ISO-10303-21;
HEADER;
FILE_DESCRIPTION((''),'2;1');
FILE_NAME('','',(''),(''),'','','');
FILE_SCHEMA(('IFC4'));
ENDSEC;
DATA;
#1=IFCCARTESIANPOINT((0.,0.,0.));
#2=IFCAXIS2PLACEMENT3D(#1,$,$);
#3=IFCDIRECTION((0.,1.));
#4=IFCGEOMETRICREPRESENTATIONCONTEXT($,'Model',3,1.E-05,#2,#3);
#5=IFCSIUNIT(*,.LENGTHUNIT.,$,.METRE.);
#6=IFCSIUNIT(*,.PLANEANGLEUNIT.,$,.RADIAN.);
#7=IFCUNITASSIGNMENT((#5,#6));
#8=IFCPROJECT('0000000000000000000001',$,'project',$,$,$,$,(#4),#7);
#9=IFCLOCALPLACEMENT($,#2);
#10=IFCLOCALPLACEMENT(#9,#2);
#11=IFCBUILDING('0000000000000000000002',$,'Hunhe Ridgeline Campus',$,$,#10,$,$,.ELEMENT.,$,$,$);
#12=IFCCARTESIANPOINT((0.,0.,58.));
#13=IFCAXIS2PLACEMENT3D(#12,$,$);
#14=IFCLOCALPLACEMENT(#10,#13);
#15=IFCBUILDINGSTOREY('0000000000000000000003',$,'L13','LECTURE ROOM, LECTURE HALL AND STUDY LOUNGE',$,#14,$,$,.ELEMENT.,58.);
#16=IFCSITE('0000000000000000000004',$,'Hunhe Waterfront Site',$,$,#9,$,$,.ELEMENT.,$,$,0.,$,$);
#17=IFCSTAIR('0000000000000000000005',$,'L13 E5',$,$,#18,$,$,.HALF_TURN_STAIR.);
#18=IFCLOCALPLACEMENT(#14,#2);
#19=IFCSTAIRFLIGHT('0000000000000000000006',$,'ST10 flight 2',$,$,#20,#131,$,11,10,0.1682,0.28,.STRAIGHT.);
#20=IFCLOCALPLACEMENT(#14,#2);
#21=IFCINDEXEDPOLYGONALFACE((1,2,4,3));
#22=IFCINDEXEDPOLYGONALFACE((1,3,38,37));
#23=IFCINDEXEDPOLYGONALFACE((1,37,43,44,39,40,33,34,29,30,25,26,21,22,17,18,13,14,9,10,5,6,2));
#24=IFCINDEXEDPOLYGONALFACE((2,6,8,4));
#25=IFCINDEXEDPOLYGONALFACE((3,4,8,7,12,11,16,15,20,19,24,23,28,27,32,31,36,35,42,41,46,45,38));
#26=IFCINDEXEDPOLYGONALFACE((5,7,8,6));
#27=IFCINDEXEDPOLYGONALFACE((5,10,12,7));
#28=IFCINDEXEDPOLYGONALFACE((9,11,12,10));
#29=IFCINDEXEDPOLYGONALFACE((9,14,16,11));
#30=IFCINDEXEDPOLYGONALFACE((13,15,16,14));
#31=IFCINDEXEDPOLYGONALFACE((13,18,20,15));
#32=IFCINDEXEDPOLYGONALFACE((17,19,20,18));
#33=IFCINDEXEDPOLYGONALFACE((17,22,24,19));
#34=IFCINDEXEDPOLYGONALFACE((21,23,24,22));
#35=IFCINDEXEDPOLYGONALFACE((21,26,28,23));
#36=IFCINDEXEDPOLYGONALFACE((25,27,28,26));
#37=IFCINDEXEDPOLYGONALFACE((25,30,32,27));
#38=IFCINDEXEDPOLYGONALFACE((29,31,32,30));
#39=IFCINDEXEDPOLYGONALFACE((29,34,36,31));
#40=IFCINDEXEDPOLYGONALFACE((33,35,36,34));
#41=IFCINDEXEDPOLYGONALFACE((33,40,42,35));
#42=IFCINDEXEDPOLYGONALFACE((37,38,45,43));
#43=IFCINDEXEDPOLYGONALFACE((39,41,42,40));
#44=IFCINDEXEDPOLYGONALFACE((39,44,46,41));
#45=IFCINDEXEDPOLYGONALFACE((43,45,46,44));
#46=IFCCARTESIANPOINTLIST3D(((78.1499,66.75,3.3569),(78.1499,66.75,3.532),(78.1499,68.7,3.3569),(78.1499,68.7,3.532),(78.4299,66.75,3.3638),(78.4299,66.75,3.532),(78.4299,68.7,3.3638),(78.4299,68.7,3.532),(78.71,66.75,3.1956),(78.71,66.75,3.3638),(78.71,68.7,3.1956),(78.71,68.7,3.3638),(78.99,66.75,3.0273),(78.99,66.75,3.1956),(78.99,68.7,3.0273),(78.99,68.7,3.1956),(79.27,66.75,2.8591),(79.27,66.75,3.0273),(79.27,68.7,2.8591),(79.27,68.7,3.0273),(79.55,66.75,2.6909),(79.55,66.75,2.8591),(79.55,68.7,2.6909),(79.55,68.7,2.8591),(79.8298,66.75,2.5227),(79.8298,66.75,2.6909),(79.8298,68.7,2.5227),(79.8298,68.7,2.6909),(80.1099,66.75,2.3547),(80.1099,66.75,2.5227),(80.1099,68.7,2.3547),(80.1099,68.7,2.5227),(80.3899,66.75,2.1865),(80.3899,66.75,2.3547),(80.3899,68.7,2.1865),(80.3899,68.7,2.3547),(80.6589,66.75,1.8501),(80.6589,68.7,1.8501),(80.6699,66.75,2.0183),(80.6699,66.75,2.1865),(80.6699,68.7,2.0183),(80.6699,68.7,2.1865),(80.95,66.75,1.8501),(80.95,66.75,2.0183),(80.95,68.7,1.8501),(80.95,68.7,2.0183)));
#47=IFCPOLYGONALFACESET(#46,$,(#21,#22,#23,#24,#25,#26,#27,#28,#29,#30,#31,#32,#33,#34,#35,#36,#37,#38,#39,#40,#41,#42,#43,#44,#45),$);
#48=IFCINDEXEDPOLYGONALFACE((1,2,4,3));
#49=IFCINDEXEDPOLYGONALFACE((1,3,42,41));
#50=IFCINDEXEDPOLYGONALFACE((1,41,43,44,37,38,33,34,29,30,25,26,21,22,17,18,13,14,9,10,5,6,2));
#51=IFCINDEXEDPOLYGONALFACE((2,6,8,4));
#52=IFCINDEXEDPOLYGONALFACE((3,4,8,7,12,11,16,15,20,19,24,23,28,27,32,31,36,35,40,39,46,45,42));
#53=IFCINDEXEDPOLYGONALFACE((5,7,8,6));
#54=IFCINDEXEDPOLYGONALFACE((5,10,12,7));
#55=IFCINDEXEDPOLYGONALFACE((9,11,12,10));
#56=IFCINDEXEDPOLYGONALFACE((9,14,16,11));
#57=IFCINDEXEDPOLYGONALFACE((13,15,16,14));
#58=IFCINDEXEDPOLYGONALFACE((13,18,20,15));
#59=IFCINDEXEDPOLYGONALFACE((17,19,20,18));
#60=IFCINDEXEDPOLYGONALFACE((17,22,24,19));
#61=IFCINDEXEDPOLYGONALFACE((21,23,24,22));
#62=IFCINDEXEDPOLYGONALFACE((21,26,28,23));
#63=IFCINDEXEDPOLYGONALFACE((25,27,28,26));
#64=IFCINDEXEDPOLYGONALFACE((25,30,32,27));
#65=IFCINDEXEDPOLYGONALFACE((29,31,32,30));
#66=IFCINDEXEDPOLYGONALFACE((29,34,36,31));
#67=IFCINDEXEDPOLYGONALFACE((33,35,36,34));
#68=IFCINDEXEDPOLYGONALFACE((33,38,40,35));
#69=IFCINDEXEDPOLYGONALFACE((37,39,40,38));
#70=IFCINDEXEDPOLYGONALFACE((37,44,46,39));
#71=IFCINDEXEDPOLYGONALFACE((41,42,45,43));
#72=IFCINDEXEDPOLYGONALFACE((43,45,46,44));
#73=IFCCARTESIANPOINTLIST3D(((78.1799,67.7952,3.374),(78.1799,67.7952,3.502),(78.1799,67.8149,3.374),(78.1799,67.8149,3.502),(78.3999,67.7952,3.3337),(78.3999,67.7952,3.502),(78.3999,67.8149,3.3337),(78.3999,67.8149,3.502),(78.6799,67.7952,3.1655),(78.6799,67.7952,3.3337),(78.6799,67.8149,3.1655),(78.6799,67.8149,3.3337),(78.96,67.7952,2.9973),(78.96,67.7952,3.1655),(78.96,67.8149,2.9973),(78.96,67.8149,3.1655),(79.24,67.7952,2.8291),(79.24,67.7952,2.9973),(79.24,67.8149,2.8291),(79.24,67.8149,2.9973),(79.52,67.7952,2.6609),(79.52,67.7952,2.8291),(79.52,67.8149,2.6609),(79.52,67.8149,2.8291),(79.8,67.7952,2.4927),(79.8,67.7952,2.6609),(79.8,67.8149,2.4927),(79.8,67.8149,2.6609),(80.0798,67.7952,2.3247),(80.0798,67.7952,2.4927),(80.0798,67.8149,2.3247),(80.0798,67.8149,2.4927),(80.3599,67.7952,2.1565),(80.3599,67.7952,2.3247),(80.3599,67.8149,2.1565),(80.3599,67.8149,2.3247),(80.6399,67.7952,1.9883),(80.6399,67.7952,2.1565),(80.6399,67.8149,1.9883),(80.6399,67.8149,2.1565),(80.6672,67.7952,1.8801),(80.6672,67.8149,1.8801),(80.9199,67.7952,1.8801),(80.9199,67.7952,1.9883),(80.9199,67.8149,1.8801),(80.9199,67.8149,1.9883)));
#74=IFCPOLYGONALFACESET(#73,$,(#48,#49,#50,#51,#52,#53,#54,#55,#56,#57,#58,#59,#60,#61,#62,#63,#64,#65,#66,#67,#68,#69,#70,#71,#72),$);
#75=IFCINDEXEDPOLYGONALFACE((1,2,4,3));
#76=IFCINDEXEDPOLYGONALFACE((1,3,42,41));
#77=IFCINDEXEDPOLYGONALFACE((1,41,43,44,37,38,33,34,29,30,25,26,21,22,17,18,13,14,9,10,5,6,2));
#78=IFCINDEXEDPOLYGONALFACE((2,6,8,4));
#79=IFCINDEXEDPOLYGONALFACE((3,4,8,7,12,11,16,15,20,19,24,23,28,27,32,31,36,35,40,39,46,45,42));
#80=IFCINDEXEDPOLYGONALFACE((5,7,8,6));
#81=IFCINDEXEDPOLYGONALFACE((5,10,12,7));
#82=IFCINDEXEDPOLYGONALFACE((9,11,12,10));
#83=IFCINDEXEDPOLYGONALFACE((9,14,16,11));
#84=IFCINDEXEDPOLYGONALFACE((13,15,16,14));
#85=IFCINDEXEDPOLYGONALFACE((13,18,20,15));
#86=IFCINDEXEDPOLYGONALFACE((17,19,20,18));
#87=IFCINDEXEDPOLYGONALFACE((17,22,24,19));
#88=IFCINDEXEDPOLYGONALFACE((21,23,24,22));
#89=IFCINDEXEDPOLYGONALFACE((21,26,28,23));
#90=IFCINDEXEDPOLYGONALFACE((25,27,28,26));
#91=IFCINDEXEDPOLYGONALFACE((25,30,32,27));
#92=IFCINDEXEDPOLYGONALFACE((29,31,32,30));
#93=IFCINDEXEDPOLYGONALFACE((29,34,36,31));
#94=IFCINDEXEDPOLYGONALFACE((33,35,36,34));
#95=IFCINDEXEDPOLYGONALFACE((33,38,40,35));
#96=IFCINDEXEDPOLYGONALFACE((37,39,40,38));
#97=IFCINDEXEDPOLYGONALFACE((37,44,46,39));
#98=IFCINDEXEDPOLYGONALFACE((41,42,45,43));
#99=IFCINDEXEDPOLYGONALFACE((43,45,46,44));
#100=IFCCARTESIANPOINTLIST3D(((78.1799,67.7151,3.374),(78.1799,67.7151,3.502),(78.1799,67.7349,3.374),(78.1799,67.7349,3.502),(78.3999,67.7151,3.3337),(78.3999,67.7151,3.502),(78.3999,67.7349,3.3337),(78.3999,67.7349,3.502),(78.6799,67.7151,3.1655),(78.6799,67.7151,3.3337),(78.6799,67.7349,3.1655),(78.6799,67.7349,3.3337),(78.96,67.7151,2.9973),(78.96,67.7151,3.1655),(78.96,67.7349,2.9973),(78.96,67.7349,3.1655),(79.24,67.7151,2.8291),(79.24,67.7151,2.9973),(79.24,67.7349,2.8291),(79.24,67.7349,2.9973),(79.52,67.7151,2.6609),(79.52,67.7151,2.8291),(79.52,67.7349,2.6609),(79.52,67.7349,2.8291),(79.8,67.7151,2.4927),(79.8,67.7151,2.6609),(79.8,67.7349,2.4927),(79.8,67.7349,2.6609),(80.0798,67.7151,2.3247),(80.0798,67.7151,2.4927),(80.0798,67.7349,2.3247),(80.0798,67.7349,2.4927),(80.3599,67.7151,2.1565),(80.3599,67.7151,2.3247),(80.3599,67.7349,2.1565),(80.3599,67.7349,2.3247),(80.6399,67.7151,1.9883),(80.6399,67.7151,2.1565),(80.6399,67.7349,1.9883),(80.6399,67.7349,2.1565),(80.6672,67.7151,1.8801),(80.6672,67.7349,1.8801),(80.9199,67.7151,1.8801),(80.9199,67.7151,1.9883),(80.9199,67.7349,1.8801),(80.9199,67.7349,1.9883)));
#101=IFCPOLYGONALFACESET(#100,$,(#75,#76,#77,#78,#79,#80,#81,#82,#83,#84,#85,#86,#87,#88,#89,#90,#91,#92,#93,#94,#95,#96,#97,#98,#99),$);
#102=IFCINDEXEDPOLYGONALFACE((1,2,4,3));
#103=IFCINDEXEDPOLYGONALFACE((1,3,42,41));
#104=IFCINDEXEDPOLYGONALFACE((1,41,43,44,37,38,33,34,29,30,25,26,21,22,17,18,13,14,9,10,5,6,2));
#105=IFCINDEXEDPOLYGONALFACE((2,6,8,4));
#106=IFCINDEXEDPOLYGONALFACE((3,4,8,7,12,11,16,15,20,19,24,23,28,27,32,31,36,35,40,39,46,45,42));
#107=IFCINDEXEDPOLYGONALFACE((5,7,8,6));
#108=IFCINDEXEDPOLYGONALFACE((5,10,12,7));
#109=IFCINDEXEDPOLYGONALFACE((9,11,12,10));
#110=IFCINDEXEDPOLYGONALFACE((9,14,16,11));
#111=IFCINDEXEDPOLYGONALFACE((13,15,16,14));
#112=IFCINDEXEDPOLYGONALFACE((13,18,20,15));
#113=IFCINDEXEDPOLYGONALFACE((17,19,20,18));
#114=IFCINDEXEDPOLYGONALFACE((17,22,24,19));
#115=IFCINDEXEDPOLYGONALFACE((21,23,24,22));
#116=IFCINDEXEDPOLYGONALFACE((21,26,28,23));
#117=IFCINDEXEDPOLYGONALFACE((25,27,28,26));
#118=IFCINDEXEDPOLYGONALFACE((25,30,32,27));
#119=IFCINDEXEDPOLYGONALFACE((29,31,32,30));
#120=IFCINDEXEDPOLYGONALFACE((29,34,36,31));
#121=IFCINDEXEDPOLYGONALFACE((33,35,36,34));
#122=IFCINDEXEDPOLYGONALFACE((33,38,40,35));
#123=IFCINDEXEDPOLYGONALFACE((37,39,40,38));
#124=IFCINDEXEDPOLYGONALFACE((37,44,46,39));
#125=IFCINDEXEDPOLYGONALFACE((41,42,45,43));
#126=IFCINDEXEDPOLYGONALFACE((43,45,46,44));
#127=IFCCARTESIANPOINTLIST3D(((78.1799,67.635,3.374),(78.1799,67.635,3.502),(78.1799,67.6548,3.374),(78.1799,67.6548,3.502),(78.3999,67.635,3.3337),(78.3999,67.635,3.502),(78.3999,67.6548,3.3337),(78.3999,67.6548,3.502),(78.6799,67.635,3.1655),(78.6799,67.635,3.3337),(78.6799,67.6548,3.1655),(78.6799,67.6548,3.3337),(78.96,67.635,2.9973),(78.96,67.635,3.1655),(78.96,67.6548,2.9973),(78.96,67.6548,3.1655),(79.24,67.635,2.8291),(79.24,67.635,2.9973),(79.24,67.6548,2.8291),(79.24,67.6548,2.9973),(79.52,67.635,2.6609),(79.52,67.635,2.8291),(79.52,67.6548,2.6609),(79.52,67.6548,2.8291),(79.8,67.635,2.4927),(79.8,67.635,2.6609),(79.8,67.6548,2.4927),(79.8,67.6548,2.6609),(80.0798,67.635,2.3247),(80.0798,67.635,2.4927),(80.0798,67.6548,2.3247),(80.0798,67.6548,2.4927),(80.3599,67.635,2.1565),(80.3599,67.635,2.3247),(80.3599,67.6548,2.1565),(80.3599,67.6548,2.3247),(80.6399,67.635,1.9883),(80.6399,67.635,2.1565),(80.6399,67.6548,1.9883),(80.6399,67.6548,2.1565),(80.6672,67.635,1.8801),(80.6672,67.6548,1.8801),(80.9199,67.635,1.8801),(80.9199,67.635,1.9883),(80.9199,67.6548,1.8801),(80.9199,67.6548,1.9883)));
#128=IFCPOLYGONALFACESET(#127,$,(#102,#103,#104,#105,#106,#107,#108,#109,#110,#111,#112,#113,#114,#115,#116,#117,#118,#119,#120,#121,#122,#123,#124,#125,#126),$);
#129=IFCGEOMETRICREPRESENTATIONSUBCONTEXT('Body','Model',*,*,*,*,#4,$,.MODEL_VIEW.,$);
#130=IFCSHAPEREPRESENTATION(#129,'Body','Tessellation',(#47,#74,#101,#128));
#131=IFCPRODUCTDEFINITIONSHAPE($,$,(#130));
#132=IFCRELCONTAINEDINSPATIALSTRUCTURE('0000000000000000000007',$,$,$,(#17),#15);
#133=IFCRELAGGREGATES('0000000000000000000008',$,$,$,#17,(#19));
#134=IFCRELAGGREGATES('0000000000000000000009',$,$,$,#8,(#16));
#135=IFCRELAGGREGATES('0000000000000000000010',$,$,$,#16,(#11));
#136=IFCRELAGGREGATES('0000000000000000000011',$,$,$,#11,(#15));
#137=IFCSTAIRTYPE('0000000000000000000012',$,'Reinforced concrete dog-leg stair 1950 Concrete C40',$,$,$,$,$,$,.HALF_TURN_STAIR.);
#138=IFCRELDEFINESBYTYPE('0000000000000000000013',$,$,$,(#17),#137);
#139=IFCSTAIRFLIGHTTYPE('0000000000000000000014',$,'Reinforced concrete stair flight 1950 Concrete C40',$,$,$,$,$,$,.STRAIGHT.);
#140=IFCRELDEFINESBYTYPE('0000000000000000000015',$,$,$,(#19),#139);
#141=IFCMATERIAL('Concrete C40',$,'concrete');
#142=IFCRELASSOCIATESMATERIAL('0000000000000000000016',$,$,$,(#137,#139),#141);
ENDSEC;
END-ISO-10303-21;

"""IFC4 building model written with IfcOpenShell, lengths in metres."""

from ifc_helpers import new_model, si_unit, direction, frame, origin, place, context, subcontext, project, spatial, polyline, outline, extrude, material, type_object, element, aggregate, save


model = new_model("IFC4")

# Units and contexts
model_context = context("Model", 3, precision=1e-05, world=origin(), true_north=direction((0.0, 1.0)))
body_context = subcontext(model_context, "Body", "Model", "MODEL_VIEW")
ifc_project = project(units=[si_unit("LENGTHUNIT", "METRE"), si_unit("PLANEANGLEUNIT", "RADIAN")], contexts=[model_context])

# Site, building, storey
site_placement = place(None, origin())
site = spatial("IfcSite", under=ifc_project, at=site_placement, Name="Hunhe Waterfront Site", CompositionType="ELEMENT", RefElevation=0.0)
building_placement = place(site_placement, origin())
building = spatial("IfcBuilding", under=site, at=building_placement, Name="Hunhe Ridgeline Campus", CompositionType="ELEMENT")
storey_placement = place(building_placement, frame((0.0, 0.0, 58.0)))
storey = spatial("IfcBuildingStorey", under=building, at=storey_placement, Name="L13", Description="LECTURE ROOM, LECTURE HALL AND STUDY LOUNGE", CompositionType="ELEMENT", Elevation=58.0)

# Stair, stair flight
ifc_material_1 = material(Name="Concrete C40", Category="concrete")
stair_type = type_object("IfcStairType", Name="Reinforced concrete dog-leg stair 1950 Concrete C40", PredefinedType="HALF_TURN_STAIR", material=ifc_material_1)
stair_placement = place(storey_placement, origin())
stair = element("IfcStair", 1, at=stair_placement, inside=storey, type_object=stair_type, Name="L13 E5", PredefinedType="HALF_TURN_STAIR")
stair_flight_type = type_object("IfcStairFlightType", Name="Reinforced concrete stair flight 1950 Concrete C40", PredefinedType="STRAIGHT", material=ifc_material_1)
stair_flight_1_placement = place(storey_placement, frame((80.95, 67.7251, 1.8501), z_axis=(0.0, 0.0, 1.0), x_axis=(-1.0, 0.0, 0.0)))
stair_flight_1 = element("IfcStairFlight", 2, at=stair_flight_1_placement, type_object=stair_flight_type, Name="ST10 flight 2", NumberOfRisers=11, NumberOfTreads=10, PredefinedType="STRAIGHT", RiserHeight=0.1682, TreadLength=0.28, context=body_context, shape_type="SweptSolid", body=[
    extrude(outline(polyline([(0.0, 0.0), (0.0, 0.1682), (0.28, 0.1682), (0.28, 0.3364), (0.5601, 0.3364), (0.5601, 0.5046), (0.8401, 0.5046), (0.8401, 0.6726), (1.1201, 0.6726), (1.1201, 0.8408), (1.3999, 0.8408), (1.3999, 1.009), (1.6799, 1.009), (1.6799, 1.1772), (1.96, 1.1772), (1.96, 1.3455), (2.24, 1.3455), (2.24, 1.5137), (2.52, 1.5137), (2.52, 1.6819), (2.8, 1.6819), (2.8, 1.8501), (2.8, 1.5068), (0.291, 0.0), (0.0, 0.0)])), frame((0.0, 0.9751, 0.0), z_axis=(0.0, -1.0, 0.0), x_axis=(1.0, 0.0, 0.0)), (0.0, 0.0, 1.0), 1.95),
    extrude(outline(polyline([(0.03, 0.03), (0.03, 0.1382), (0.3101, 0.1382), (0.3101, 0.3064), (0.5901, 0.3064), (0.5901, 0.4746), (0.8701, 0.4746), (0.8701, 0.6426), (1.1499, 0.6426), (1.1499, 0.8108), (1.4299, 0.8108), (1.4299, 0.979), (1.71, 0.979), (1.71, 1.1472), (1.99, 1.1472), (1.99, 1.3154), (2.27, 1.3154), (2.27, 1.4836), (2.55, 1.4836), (2.55, 1.6519), (2.77, 1.6519), (2.77, 1.5239), (0.2827, 0.03), (0.03, 0.03)])), frame((0.0, -0.0701, 0.0), z_axis=(0.0, -1.0, 0.0), x_axis=(1.0, 0.0, 0.0)), (0.0, 0.0, 1.0), 0.0198),
    extrude(outline(polyline([(0.03, 0.03), (0.03, 0.1382), (0.3101, 0.1382), (0.3101, 0.3064), (0.5901, 0.3064), (0.5901, 0.4746), (0.8701, 0.4746), (0.8701, 0.6426), (1.1499, 0.6426), (1.1499, 0.8108), (1.4299, 0.8108), (1.4299, 0.979), (1.71, 0.979), (1.71, 1.1472), (1.99, 1.1472), (1.99, 1.3154), (2.27, 1.3154), (2.27, 1.4836), (2.55, 1.4836), (2.55, 1.6519), (2.77, 1.6519), (2.77, 1.5239), (0.2827, 0.03), (0.03, 0.03)])), frame((0.0, 0.01, 0.0), z_axis=(0.0, -1.0, 0.0), x_axis=(1.0, 0.0, 0.0)), (0.0, 0.0, 1.0), 0.0198),
    extrude(outline(polyline([(0.03, 0.03), (0.03, 0.1382), (0.3101, 0.1382), (0.3101, 0.3064), (0.5901, 0.3064), (0.5901, 0.4746), (0.8701, 0.4746), (0.8701, 0.6426), (1.1499, 0.6426), (1.1499, 0.8108), (1.4299, 0.8108), (1.4299, 0.979), (1.71, 0.979), (1.71, 1.1472), (1.99, 1.1472), (1.99, 1.3154), (2.27, 1.3154), (2.27, 1.4836), (2.55, 1.4836), (2.55, 1.6519), (2.77, 1.6519), (2.77, 1.5239), (0.2827, 0.03), (0.03, 0.03)])), frame((0.0, 0.0901, 0.0), z_axis=(0.0, -1.0, 0.0), x_axis=(1.0, 0.0, 0.0)), (0.0, 0.0, 1.0), 0.0198),
])
aggregate(stair, [stair_flight_1])

save(model, "model.ifc")
